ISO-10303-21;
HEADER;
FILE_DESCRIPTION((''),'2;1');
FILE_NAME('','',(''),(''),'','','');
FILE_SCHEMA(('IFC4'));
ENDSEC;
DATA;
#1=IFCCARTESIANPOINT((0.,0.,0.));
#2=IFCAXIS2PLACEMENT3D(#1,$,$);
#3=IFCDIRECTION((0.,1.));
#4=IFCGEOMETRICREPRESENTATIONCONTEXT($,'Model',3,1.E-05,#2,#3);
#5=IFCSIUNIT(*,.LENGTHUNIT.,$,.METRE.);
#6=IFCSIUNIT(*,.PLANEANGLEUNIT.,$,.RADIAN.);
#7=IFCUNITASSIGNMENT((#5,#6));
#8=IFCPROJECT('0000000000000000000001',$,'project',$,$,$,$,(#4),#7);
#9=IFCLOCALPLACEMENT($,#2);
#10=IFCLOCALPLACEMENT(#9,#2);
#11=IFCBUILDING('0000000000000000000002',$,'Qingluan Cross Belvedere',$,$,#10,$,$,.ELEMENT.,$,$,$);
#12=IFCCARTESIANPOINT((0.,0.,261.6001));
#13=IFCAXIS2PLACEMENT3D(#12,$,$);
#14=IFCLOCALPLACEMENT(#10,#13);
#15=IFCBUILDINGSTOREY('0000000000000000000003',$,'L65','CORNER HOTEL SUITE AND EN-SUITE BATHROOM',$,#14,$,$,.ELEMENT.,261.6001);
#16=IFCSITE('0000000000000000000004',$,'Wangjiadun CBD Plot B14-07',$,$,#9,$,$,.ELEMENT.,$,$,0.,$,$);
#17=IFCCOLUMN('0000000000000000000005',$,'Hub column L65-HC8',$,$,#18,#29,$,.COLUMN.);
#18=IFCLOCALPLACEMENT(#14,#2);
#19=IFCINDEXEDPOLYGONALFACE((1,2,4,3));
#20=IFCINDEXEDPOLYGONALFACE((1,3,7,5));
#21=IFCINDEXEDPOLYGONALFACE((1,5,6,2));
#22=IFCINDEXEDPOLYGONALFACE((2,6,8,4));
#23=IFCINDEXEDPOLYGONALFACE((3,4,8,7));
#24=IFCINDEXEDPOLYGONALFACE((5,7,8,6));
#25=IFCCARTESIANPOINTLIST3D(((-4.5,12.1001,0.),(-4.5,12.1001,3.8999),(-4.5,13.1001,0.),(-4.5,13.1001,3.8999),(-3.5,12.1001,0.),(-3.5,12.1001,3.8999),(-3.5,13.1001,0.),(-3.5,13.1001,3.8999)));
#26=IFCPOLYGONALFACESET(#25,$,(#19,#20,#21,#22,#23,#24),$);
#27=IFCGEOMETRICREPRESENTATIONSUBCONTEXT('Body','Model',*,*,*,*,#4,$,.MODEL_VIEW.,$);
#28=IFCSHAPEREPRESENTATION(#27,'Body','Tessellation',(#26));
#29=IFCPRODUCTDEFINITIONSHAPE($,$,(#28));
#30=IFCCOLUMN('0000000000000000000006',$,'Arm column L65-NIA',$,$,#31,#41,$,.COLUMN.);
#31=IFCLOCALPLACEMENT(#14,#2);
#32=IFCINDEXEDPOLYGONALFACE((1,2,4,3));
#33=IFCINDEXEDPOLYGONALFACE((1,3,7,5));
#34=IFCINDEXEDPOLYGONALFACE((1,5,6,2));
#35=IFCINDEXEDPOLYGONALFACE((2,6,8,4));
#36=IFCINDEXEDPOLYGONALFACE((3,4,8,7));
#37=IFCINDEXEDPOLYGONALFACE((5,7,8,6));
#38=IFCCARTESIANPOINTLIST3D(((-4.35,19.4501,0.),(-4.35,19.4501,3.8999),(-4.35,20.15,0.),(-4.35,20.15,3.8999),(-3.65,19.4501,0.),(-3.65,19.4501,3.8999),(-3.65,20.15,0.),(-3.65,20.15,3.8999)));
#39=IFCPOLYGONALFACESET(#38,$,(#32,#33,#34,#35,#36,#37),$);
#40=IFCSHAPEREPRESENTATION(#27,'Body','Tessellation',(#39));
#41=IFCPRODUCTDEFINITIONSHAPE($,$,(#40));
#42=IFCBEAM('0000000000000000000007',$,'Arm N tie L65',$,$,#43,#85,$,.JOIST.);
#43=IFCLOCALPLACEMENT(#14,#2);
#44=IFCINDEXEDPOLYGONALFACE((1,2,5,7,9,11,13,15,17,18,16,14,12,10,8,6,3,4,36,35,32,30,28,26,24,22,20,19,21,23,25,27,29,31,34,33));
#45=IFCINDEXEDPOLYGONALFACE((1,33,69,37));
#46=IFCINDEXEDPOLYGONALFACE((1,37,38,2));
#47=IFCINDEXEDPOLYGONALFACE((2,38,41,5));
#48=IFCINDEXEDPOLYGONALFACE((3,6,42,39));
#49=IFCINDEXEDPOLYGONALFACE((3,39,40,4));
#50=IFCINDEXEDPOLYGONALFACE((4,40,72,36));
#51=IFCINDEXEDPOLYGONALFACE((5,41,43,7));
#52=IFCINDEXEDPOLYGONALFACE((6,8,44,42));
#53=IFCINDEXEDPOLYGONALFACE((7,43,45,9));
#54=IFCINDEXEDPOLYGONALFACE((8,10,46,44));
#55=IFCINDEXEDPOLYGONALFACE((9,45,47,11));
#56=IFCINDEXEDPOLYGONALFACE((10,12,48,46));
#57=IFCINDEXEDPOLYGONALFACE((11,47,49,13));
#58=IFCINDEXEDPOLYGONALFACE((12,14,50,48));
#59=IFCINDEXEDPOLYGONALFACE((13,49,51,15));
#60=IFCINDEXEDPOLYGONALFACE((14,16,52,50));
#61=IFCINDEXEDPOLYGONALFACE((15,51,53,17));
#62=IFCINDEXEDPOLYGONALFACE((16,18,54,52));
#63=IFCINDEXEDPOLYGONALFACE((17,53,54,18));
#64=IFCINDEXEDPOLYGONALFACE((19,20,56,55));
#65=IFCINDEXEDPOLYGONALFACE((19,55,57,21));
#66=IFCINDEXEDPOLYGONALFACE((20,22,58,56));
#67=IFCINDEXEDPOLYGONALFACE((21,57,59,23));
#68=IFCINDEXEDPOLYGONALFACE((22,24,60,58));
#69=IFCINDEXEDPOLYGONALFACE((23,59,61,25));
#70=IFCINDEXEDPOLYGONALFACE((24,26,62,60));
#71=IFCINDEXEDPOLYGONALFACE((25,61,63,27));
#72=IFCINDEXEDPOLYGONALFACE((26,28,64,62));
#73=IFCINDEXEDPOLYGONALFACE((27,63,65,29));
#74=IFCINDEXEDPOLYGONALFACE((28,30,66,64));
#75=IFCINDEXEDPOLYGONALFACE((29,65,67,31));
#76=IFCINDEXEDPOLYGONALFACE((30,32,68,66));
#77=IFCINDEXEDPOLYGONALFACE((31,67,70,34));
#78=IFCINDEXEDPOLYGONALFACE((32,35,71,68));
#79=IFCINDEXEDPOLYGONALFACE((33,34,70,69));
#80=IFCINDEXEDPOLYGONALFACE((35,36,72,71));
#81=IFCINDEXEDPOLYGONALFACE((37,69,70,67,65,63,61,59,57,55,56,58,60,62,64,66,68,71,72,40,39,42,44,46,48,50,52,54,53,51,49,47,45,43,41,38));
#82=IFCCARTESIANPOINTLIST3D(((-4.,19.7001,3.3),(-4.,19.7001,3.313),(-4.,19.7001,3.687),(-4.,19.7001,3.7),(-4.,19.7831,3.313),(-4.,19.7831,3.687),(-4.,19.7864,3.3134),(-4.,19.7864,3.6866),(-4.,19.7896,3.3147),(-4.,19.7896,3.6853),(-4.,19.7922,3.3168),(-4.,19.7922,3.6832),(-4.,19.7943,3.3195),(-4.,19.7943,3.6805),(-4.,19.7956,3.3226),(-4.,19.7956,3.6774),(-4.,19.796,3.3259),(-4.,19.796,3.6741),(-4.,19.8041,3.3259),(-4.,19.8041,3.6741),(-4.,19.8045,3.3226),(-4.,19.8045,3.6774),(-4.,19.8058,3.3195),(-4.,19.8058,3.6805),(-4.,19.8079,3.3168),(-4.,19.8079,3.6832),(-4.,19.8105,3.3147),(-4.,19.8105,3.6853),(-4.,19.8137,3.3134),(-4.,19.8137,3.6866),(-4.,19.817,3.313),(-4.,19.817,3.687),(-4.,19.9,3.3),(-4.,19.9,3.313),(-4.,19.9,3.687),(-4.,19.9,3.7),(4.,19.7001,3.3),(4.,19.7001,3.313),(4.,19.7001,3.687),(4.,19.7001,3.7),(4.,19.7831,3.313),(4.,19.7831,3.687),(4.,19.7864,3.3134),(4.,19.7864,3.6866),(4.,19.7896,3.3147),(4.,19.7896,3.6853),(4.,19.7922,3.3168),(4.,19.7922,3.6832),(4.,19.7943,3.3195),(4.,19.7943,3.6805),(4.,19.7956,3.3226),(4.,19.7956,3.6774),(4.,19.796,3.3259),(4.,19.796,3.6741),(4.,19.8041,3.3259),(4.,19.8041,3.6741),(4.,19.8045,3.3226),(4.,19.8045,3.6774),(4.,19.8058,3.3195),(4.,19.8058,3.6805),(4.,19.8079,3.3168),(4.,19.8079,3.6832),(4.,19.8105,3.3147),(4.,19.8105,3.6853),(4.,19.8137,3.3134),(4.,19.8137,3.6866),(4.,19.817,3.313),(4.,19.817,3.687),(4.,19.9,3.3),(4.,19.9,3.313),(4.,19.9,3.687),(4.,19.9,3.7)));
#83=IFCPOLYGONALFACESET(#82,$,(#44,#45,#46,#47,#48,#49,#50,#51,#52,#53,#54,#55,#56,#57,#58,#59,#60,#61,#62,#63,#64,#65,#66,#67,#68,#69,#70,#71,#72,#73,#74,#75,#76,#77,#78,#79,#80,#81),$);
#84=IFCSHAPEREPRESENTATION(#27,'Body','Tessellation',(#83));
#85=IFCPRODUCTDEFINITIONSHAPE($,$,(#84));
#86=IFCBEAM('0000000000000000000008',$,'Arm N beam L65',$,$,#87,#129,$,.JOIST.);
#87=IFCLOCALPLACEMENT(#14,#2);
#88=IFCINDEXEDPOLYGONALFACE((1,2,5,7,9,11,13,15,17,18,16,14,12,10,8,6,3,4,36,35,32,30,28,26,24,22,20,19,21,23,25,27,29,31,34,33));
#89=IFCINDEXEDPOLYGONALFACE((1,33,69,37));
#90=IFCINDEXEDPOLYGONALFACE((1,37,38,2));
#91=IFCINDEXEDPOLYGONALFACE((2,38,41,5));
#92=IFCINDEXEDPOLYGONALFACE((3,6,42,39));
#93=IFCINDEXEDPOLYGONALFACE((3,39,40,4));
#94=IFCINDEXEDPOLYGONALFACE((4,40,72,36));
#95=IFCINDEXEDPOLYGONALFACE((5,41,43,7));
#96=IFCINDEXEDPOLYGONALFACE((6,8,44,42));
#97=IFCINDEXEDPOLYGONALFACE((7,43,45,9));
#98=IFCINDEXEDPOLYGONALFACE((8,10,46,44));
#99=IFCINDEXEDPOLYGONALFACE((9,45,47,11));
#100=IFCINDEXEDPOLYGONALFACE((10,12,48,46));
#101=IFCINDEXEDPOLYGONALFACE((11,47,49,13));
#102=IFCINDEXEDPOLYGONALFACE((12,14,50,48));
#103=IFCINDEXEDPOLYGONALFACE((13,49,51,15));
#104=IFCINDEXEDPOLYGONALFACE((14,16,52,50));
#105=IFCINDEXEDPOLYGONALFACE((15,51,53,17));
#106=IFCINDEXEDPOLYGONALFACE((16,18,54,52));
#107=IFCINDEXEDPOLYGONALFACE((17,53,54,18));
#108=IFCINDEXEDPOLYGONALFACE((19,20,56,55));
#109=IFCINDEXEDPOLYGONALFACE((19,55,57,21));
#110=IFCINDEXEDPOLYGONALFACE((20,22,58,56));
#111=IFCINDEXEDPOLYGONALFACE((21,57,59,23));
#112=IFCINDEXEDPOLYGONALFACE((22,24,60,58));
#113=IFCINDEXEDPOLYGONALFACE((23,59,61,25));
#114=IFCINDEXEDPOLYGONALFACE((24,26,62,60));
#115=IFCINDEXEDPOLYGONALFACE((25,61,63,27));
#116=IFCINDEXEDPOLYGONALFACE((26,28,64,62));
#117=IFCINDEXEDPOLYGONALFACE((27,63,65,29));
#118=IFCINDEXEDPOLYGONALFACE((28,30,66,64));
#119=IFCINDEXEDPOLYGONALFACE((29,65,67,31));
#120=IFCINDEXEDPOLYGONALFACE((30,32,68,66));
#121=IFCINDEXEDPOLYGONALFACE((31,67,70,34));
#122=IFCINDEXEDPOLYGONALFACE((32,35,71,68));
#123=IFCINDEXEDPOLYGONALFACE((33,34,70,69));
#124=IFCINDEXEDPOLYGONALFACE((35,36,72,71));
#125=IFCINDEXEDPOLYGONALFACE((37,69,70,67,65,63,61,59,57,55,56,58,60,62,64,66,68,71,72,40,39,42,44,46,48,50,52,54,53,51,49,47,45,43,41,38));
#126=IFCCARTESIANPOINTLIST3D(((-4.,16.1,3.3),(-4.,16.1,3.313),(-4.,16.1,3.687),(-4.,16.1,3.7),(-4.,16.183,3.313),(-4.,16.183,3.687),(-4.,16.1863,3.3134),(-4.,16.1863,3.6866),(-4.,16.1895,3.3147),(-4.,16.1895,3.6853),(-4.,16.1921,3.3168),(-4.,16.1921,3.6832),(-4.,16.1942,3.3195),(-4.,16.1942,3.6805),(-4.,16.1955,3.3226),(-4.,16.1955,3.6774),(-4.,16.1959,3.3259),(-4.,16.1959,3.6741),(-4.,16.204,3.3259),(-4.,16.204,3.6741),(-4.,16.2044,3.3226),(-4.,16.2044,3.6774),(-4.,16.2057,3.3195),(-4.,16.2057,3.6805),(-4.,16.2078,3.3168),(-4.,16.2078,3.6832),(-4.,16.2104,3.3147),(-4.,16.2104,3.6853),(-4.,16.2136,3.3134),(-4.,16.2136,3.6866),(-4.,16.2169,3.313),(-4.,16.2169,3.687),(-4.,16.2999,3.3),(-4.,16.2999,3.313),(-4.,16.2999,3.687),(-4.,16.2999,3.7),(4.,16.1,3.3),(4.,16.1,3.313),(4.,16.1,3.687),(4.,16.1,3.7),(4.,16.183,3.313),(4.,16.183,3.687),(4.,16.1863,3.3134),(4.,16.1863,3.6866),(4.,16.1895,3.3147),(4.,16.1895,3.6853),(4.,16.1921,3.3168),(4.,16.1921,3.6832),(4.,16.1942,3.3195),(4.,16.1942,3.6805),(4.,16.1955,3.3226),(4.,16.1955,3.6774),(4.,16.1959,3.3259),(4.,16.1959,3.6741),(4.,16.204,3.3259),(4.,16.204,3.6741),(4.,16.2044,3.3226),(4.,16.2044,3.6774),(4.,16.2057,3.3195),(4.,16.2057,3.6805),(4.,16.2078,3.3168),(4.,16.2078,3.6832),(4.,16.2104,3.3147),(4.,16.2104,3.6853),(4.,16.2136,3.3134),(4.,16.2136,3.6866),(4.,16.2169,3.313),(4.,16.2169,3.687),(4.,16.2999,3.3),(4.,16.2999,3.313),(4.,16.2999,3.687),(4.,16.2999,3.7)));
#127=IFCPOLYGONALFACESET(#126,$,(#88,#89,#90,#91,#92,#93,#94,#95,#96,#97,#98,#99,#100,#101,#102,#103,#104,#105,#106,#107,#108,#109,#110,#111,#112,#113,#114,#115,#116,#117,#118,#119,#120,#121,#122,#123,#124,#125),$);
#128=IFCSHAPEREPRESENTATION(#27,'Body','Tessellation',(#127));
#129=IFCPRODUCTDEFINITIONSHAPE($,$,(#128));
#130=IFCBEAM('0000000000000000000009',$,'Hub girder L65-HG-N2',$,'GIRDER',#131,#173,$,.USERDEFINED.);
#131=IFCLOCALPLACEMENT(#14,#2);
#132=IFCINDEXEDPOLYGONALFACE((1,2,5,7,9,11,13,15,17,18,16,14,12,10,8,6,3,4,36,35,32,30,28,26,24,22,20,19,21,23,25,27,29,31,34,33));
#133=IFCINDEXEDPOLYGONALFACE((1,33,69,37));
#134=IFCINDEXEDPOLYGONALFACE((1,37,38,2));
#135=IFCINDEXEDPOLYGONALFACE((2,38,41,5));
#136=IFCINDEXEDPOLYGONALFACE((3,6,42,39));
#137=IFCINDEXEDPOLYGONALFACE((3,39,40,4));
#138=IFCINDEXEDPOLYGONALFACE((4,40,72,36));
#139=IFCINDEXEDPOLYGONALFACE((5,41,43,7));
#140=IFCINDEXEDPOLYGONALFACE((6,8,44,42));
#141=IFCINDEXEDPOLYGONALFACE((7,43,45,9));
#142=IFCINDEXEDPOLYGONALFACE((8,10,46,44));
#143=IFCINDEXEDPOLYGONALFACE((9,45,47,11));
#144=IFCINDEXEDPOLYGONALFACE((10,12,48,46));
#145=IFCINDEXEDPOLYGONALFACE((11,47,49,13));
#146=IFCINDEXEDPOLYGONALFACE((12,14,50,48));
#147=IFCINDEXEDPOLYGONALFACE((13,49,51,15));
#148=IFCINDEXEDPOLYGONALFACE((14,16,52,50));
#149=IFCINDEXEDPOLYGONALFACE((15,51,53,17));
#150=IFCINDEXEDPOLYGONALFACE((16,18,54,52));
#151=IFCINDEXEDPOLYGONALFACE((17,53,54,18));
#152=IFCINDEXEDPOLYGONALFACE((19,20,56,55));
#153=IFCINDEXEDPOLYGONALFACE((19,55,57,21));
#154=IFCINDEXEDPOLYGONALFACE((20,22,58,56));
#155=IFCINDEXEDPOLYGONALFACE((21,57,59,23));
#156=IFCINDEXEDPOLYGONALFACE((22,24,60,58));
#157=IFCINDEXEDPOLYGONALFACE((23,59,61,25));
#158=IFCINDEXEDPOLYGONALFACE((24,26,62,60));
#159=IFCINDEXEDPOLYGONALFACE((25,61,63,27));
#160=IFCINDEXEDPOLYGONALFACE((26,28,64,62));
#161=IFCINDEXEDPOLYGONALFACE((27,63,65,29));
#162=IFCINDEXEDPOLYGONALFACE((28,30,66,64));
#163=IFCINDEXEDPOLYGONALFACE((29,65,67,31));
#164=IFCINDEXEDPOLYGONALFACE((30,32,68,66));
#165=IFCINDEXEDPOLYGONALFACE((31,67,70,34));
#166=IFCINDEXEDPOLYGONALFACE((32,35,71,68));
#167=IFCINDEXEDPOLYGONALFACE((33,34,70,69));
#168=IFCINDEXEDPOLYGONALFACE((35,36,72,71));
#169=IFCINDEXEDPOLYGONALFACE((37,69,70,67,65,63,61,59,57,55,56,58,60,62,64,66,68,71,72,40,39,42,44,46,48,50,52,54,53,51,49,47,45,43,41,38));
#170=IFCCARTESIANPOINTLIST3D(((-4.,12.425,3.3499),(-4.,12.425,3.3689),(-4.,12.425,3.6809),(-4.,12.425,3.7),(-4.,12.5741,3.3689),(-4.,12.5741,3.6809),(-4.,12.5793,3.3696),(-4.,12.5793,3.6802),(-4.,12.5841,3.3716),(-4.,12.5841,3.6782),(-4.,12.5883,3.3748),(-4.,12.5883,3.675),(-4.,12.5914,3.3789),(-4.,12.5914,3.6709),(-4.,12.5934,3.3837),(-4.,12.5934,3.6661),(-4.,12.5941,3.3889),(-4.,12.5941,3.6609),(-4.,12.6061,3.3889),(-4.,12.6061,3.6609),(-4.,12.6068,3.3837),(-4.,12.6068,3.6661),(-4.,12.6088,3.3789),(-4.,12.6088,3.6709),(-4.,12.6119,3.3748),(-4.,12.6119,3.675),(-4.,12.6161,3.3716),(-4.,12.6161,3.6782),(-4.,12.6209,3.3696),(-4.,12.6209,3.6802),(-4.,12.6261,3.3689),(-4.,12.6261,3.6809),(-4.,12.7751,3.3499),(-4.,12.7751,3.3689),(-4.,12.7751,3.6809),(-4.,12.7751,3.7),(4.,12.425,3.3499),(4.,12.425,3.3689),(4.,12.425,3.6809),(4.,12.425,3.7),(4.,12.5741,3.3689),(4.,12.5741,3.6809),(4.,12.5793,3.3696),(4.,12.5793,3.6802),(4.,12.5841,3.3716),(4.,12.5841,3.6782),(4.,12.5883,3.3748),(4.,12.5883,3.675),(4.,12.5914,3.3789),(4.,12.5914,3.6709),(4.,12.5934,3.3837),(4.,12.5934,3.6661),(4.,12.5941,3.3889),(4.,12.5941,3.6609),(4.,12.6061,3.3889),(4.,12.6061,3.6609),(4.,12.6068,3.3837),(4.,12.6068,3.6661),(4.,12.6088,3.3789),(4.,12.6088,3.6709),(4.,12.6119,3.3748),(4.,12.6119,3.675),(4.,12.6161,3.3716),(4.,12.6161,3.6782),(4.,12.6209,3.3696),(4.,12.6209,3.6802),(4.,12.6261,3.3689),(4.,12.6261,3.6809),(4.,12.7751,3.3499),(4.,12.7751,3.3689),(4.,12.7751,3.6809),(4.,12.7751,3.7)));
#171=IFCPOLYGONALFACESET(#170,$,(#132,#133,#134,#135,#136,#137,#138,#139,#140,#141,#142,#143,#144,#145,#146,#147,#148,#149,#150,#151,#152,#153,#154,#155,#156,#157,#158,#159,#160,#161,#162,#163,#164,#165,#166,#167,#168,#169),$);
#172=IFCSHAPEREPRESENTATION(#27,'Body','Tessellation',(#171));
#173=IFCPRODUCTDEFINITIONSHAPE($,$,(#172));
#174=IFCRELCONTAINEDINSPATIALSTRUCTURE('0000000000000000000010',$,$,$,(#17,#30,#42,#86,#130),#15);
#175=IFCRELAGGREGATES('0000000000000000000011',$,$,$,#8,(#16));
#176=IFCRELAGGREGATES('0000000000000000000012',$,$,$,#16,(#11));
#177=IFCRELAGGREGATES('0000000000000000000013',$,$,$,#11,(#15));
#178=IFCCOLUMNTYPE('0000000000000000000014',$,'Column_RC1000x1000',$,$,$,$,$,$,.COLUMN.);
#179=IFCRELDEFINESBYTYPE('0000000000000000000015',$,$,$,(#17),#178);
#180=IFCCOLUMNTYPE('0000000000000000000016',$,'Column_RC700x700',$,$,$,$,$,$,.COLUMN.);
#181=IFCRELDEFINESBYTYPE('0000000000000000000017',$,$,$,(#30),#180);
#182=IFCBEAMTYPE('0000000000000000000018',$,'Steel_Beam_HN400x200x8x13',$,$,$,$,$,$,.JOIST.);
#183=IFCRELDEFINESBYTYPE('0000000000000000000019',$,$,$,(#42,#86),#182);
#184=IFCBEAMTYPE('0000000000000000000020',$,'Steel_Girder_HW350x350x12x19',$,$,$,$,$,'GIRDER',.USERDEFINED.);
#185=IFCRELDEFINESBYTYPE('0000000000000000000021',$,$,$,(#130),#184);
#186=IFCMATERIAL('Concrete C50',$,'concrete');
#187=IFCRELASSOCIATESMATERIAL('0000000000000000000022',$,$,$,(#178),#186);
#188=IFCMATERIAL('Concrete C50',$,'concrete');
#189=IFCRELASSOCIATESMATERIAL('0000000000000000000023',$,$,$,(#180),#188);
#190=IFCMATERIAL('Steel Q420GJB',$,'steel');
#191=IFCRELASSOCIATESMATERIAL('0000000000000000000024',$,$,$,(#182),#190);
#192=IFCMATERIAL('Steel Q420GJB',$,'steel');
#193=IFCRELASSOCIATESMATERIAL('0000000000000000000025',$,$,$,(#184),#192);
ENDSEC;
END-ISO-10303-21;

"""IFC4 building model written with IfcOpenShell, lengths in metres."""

from ifc_helpers import new_model, si_unit, direction, frame, origin, origin_2d, place, context, subcontext, project, spatial, rectangle, i_section, extrude, material, material_profile, profile_set, type_object, element, save


model = new_model("IFC4")

# Units and contexts
model_context = context("Model", 3, precision=1e-05, world=origin(), true_north=direction((0.0, 1.0)))
body_context = subcontext(model_context, "Body", "Model", "MODEL_VIEW")
ifc_project = project(units=[si_unit("LENGTHUNIT", "METRE"), si_unit("PLANEANGLEUNIT", "RADIAN")], contexts=[model_context])

# Site, building, storey
site_placement = place(None, origin())
site = spatial("IfcSite", under=ifc_project, at=site_placement, Name="Wangjiadun CBD Plot B14-07", CompositionType="ELEMENT", RefElevation=0.0)
building_placement = place(site_placement, origin())
building = spatial("IfcBuilding", under=site, at=building_placement, Name="Qingluan Cross Belvedere", CompositionType="ELEMENT")
storey_placement = place(building_placement, frame((0.0, 0.0, 261.6001)))
storey = spatial("IfcBuildingStorey", under=building, at=storey_placement, Name="L65", Description="CORNER HOTEL SUITE AND EN-SUITE BATHROOM", CompositionType="ELEMENT", Elevation=261.6001)

# Columns
ifc_material_1 = material(Name="Concrete C50", Category="concrete")
ifc_material_profile_1 = material_profile(ifc_material_1, rectangle(XDim=1.0, YDim=1.0, at=origin_2d()), Name="RC1000x1000")
ifc_profile_set_1 = profile_set([ifc_material_profile_1], Name="Concrete C50")
column_type_1 = type_object("IfcColumnType", Name="Column_RC1000x1000", PredefinedType="COLUMN", material=ifc_profile_set_1)
column_1_placement = place(storey_placement, frame((-4.0, 12.6001, 0.0), z_axis=(0.0, 0.0, 1.0), x_axis=(1.0, 0.0, 0.0)))
element("IfcColumn", 1, at=column_1_placement, inside=storey, type_object=column_type_1, Name="Hub column L65-HC8", PredefinedType="COLUMN", context=body_context, shape_type="SweptSolid", body=[
    extrude(rectangle(XDim=1.0, YDim=1.0, at=origin_2d()), origin(), (0.0, 0.0, 1.0), 3.8999),
])
ifc_material_2 = material(Name="Concrete C50", Category="concrete")
ifc_material_profile_2 = material_profile(ifc_material_2, rectangle(XDim=0.7, YDim=0.7, at=origin_2d()), Name="RC700x700")
ifc_profile_set_2 = profile_set([ifc_material_profile_2], Name="Concrete C50")
column_type_2 = type_object("IfcColumnType", Name="Column_RC700x700", PredefinedType="COLUMN", material=ifc_profile_set_2)
column_2_placement = place(storey_placement, frame((-4.0, 19.8, 0.0), z_axis=(0.0, 0.0, 1.0), x_axis=(1.0, 0.0, 0.0)))
element("IfcColumn", 2, at=column_2_placement, inside=storey, type_object=column_type_2, Name="Arm column L65-NIA", PredefinedType="COLUMN", context=body_context, shape_type="SweptSolid", body=[
    extrude(rectangle(XDim=0.7, YDim=0.7, at=origin_2d()), origin(), (0.0, 0.0, 1.0), 3.8999),
])

# Beams
ifc_material_3 = material(Name="Steel Q420GJB", Category="steel")
ifc_material_profile_3 = material_profile(ifc_material_3, i_section(OverallWidth=0.2, OverallDepth=0.3999, WebThickness=0.0081, FlangeThickness=0.0129, FilletRadius=0.0129, at=origin_2d()), Name="HN400x200x8x13")
ifc_profile_set_3 = profile_set([ifc_material_profile_3], Name="Steel Q420GJB")
beam_type_1 = type_object("IfcBeamType", Name="Steel_Beam_HN400x200x8x13", PredefinedType="JOIST", material=ifc_profile_set_3)
for number, where, z_axis, x_axis, name in (
    (3, (-4.0, 19.8, 3.5), (1.0, 0.0, 0.0), (0.0, 1.0, 0.0), "Arm N tie L65"),
    (4, (-4.0, 16.2, 3.5), (1.0, 0.0, 0.0), (0.0, 1.0, 0.0), "Arm N beam L65"),
):
    element("IfcBeam", number, at=place(storey_placement, frame(where, z_axis=z_axis, x_axis=x_axis)), inside=storey, type_object=beam_type_1, Name=name, PredefinedType="JOIST", context=body_context, shape_type="SweptSolid", body=[
        extrude(i_section(OverallWidth=0.2, OverallDepth=0.3999, WebThickness=0.0081, FlangeThickness=0.0129, FilletRadius=0.0129, at=origin_2d()), origin(), (0.0, 0.0, 1.0), 8.0),
    ])
ifc_material_4 = material(Name="Steel Q420GJB", Category="steel")
ifc_material_profile_4 = material_profile(ifc_material_4, i_section(OverallWidth=0.3501, OverallDepth=0.3501, WebThickness=0.012, FlangeThickness=0.019, FilletRadius=0.02, at=origin_2d()), Name="HW350x350x12x19")
ifc_profile_set_4 = profile_set([ifc_material_profile_4], Name="Steel Q420GJB")
beam_type_2 = type_object("IfcBeamType", Name="Steel_Girder_HW350x350x12x19", ElementType="GIRDER", PredefinedType="USERDEFINED", material=ifc_profile_set_4)
beam_1_placement = place(storey_placement, frame((-4.0, 12.6001, 3.5249), z_axis=(1.0, 0.0, 0.0), x_axis=(0.0, 1.0, 0.0)))
element("IfcBeam", 5, at=beam_1_placement, inside=storey, type_object=beam_type_2, Name="Hub girder L65-HG-N2", ObjectType="GIRDER", PredefinedType="USERDEFINED", context=body_context, shape_type="SweptSolid", body=[
    extrude(i_section(OverallWidth=0.3501, OverallDepth=0.3501, WebThickness=0.012, FlangeThickness=0.019, FilletRadius=0.02, at=origin_2d()), origin(), (0.0, 0.0, 1.0), 8.0),
])

save(model, "model.ifc")
